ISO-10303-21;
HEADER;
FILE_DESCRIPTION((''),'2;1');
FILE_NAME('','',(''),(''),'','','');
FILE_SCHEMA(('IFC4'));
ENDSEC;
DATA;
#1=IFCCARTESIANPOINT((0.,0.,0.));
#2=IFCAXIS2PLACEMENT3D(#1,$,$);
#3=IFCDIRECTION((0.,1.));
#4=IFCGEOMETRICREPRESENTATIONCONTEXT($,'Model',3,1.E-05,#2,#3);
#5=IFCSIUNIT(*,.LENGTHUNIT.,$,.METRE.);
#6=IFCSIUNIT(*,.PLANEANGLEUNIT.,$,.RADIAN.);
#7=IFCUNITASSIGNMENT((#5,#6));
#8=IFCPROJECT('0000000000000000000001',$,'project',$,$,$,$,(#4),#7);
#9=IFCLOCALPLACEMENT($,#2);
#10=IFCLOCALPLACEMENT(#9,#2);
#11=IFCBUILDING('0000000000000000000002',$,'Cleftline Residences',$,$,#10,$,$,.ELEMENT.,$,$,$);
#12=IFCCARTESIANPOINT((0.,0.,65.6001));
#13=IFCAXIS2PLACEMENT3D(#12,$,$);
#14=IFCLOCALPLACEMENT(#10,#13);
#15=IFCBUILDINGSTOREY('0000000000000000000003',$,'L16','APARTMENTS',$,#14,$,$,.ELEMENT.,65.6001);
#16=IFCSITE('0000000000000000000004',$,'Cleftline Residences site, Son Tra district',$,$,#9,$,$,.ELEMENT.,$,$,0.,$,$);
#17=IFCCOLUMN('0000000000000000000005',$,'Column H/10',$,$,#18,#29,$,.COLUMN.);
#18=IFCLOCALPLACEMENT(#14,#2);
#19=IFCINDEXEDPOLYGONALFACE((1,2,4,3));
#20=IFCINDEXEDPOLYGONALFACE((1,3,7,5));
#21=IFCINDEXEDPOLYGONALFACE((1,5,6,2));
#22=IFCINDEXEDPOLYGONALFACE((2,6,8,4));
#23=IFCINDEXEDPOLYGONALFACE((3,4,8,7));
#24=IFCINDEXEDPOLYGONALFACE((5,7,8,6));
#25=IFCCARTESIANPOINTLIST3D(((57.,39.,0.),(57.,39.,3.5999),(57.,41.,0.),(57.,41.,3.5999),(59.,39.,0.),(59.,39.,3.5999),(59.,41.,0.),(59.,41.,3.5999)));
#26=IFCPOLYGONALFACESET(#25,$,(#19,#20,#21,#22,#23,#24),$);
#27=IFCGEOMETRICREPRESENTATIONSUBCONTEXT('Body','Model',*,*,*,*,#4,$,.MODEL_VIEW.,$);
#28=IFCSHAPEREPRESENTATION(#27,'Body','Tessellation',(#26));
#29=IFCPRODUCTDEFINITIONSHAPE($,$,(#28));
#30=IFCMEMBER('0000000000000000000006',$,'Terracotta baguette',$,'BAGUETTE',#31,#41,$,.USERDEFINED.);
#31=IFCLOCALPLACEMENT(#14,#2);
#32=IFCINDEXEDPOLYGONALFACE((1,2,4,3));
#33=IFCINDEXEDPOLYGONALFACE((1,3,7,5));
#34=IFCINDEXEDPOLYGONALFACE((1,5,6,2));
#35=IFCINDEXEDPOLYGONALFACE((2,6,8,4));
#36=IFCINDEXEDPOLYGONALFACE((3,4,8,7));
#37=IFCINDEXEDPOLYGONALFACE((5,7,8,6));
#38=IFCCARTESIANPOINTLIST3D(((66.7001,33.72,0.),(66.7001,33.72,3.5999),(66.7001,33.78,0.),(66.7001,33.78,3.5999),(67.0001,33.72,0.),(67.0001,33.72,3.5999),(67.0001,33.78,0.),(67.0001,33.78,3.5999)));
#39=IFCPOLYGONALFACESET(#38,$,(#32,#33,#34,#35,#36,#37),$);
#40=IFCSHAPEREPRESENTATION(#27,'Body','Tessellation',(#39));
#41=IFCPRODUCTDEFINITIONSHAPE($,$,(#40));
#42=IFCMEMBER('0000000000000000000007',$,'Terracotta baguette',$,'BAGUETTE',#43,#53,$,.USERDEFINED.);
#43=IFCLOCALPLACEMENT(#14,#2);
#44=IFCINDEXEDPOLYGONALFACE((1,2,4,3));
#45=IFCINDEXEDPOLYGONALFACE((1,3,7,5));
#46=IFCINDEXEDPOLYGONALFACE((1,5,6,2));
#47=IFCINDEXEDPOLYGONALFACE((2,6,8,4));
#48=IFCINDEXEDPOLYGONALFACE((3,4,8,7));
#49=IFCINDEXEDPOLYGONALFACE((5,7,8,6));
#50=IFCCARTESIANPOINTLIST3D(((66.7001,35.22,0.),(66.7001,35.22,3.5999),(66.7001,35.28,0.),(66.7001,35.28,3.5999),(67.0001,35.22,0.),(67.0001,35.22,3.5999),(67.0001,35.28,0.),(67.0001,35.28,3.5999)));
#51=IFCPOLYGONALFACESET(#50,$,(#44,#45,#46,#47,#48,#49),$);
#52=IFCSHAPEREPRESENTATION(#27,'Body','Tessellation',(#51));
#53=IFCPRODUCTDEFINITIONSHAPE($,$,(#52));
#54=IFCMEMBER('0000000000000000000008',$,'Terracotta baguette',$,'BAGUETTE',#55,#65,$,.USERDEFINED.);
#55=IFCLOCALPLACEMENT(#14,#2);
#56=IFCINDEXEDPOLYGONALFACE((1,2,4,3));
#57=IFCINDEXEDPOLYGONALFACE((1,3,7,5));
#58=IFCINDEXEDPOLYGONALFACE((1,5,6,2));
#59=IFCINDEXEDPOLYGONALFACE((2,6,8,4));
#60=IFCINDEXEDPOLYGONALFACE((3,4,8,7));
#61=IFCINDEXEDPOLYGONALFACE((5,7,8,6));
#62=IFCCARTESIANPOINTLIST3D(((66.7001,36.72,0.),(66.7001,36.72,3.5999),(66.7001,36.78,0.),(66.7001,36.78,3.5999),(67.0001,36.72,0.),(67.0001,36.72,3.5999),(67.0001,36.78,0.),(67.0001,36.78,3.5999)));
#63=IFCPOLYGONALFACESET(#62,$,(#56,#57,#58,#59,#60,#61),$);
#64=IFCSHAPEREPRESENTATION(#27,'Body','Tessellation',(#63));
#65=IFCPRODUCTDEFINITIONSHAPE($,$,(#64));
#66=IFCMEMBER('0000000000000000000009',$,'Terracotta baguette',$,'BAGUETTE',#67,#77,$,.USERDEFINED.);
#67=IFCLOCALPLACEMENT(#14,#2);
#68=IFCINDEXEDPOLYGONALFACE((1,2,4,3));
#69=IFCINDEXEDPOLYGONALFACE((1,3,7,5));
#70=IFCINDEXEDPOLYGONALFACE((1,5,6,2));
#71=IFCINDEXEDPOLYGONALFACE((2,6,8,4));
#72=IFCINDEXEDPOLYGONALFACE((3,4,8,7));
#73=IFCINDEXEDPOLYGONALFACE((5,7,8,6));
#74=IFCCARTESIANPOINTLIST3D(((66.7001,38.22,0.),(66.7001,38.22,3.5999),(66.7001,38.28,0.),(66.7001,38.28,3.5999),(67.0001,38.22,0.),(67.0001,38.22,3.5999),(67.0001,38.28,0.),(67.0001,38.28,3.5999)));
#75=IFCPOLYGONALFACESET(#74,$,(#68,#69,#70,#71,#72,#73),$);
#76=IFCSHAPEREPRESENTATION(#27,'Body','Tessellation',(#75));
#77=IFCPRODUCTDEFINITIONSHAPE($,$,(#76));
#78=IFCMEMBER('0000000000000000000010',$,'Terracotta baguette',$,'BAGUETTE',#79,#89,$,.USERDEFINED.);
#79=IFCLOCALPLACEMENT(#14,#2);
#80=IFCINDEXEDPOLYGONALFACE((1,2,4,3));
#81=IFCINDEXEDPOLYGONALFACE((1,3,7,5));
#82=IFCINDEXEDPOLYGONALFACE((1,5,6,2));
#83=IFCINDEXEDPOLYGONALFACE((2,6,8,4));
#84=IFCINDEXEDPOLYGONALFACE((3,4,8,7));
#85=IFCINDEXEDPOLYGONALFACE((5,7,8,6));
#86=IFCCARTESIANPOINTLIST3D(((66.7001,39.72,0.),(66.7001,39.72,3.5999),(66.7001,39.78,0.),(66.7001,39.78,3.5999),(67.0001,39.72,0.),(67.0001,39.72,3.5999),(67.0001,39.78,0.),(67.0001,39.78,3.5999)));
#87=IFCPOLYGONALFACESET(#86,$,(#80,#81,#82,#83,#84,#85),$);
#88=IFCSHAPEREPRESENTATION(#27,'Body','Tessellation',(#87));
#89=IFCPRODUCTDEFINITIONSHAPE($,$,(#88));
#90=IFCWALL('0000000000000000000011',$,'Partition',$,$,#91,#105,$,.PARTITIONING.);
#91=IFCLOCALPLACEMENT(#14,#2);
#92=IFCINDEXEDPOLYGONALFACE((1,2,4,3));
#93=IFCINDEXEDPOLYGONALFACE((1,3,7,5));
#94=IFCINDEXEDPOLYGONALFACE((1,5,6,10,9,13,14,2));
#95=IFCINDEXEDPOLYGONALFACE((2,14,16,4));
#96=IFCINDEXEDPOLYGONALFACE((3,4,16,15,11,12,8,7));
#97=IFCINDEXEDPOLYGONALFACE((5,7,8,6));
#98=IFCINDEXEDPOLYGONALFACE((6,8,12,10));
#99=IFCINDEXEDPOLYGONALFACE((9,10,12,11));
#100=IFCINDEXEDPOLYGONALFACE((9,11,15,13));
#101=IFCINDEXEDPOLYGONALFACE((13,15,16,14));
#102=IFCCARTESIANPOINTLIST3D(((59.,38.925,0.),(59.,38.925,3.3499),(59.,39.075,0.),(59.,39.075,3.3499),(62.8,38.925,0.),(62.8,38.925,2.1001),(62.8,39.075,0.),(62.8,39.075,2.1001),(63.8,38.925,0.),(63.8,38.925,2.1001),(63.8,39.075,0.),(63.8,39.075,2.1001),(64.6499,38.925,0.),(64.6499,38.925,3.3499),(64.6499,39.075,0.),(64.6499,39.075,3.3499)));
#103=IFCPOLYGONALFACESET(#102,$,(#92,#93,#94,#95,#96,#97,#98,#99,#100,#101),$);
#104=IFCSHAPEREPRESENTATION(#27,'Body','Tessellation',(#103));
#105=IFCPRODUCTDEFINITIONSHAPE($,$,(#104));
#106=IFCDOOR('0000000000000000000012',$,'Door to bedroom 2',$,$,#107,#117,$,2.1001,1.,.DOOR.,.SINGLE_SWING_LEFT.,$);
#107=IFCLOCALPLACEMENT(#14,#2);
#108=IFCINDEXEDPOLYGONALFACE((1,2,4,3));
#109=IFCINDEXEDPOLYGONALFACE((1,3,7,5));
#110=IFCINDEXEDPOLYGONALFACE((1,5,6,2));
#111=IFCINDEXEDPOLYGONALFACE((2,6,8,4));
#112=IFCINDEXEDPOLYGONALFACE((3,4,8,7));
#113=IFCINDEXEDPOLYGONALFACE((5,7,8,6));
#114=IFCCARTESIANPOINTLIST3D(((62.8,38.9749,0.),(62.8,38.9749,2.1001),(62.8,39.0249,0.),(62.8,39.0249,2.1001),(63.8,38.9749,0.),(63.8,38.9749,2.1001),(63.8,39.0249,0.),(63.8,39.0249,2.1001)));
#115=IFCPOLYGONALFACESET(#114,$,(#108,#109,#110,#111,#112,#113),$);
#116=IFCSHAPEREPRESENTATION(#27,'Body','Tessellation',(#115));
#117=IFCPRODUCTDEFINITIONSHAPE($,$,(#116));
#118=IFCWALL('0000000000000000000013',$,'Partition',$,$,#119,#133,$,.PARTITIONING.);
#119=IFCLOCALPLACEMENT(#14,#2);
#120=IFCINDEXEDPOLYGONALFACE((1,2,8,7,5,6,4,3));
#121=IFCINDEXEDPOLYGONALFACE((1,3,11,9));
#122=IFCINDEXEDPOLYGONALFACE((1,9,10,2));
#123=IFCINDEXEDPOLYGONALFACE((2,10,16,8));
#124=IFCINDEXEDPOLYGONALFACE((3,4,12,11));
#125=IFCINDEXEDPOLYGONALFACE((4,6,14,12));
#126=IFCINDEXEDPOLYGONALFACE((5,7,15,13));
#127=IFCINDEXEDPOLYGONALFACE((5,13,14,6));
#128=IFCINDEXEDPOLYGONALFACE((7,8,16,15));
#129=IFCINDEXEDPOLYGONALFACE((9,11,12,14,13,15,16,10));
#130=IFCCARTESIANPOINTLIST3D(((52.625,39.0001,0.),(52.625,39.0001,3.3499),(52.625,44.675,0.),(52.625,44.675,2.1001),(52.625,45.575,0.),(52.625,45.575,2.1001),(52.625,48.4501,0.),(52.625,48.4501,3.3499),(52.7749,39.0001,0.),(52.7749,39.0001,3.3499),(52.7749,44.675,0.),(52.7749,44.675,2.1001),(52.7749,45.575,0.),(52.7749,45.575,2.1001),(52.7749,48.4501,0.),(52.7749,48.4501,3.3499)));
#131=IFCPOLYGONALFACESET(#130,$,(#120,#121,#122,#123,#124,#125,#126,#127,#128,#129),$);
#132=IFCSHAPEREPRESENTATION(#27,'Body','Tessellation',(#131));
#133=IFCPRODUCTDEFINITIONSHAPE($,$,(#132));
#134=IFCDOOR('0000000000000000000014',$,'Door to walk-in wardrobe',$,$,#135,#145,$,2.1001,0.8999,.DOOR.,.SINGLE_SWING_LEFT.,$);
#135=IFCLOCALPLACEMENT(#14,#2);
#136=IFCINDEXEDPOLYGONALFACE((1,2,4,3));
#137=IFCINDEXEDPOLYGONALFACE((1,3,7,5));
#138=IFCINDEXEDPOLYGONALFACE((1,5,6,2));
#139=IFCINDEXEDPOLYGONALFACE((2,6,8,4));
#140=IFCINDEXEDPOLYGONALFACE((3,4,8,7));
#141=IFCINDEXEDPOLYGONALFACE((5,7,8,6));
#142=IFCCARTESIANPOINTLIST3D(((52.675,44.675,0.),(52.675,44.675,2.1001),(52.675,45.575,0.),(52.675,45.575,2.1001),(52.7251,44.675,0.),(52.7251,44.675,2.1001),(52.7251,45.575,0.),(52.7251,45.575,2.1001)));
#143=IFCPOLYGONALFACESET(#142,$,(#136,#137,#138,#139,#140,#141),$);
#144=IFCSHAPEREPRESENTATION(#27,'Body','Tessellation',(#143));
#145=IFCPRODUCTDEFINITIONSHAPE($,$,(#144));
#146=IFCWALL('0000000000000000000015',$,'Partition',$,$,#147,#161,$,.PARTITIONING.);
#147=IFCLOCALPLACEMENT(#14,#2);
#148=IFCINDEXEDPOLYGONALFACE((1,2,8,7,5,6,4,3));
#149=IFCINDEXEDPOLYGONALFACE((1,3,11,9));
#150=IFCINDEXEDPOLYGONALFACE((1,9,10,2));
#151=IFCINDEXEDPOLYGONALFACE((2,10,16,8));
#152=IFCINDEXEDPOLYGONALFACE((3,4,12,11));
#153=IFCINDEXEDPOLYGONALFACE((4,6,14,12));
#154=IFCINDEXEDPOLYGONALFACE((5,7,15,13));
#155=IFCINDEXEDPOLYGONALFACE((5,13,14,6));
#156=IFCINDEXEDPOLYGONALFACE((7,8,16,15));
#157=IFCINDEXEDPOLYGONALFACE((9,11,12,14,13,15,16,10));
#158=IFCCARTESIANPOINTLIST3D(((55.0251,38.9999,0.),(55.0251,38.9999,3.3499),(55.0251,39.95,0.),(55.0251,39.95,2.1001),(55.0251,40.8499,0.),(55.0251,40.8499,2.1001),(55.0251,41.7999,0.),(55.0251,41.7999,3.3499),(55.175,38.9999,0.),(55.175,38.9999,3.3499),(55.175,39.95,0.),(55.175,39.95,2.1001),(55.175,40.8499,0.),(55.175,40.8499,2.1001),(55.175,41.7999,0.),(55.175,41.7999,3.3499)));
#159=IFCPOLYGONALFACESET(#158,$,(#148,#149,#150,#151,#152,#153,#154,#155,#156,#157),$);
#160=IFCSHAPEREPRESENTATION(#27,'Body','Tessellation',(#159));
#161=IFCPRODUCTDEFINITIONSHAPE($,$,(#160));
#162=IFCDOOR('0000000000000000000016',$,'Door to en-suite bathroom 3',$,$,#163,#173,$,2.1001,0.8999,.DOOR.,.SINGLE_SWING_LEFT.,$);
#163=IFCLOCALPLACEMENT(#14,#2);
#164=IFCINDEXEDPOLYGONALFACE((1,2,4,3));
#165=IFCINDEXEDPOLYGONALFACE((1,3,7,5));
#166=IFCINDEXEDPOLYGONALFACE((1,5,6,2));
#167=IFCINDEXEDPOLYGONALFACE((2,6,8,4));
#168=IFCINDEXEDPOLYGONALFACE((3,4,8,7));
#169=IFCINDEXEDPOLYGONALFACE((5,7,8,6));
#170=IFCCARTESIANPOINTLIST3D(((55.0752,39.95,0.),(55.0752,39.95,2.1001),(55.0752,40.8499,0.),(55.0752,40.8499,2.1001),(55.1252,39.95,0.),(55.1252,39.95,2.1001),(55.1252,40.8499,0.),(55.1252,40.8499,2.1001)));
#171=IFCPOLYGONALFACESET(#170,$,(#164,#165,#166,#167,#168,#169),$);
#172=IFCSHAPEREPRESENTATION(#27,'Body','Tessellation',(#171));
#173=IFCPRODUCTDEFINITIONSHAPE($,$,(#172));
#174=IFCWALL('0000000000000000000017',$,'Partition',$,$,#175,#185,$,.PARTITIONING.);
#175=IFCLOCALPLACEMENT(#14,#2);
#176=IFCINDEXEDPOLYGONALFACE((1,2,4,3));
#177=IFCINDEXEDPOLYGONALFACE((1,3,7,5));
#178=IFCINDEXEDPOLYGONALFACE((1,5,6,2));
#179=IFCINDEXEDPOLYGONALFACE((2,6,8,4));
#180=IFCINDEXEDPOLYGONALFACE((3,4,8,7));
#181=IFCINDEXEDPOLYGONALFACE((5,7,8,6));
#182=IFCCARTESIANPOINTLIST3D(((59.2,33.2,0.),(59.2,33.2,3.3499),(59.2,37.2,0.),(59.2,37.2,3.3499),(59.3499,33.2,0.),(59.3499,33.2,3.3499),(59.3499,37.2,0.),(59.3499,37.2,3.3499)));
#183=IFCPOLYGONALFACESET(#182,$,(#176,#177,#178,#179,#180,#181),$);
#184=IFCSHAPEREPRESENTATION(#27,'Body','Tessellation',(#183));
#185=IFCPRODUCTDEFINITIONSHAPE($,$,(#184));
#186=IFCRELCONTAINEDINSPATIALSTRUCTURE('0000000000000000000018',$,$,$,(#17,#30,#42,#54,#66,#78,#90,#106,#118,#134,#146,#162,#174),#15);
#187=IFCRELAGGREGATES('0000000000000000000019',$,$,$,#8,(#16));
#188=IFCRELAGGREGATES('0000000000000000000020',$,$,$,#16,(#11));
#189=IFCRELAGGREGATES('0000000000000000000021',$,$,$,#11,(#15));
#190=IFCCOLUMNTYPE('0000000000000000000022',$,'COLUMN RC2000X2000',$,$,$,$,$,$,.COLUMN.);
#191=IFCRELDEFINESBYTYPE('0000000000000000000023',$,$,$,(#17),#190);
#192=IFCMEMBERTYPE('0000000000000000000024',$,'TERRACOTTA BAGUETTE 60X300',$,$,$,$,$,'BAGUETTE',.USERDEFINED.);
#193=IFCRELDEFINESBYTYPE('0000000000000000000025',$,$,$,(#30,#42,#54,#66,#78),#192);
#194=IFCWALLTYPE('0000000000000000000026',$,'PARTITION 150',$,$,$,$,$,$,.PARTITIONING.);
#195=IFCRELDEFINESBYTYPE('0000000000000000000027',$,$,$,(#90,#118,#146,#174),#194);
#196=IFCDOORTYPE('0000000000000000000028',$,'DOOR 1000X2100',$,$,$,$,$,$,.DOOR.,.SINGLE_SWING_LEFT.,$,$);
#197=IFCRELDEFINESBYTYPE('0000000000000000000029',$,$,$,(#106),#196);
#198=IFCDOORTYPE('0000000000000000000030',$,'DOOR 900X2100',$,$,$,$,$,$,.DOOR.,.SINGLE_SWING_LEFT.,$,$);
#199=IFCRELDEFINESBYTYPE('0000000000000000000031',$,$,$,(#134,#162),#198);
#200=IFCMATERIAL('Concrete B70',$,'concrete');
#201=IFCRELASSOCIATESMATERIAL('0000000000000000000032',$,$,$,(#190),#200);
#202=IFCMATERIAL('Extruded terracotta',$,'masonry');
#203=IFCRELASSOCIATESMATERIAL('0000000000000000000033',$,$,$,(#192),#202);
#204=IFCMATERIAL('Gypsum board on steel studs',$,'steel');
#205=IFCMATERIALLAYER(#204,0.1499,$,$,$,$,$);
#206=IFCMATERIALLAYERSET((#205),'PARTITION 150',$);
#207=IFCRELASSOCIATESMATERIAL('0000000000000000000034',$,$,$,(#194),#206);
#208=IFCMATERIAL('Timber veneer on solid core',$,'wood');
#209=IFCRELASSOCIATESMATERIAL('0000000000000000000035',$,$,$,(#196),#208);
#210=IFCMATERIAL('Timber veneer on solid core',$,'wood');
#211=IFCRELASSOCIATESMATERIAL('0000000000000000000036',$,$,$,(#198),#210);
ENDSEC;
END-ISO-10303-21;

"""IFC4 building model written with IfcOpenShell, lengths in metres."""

from ifc_helpers import new_model, si_unit, direction, frame, frame_2d, origin, origin_2d, place, context, subcontext, project, spatial, rectangle, extrude, material, layer, layer_set, material_profile, profile_set, type_object, element, fill, save


model = new_model("IFC4")

# Units and contexts
model_context = context("Model", 3, precision=1e-05, world=origin(), true_north=direction((0.0, 1.0)))
body_context = subcontext(model_context, "Body", "Model", "MODEL_VIEW")
ifc_project = project(units=[si_unit("LENGTHUNIT", "METRE"), si_unit("PLANEANGLEUNIT", "RADIAN")], contexts=[model_context])

# Site, building, storey
site_placement = place(None, origin())
site = spatial("IfcSite", under=ifc_project, at=site_placement, Name="Cleftline Residences site, Son Tra district", CompositionType="ELEMENT", RefElevation=0.0)
building_placement = place(site_placement, origin())
building = spatial("IfcBuilding", under=site, at=building_placement, Name="Cleftline Residences", CompositionType="ELEMENT")
storey_placement = place(building_placement, frame((0.0, 0.0, 65.6001)))
storey = spatial("IfcBuildingStorey", under=building, at=storey_placement, Name="L16", Description="APARTMENTS", CompositionType="ELEMENT", Elevation=65.6001)

# Column
ifc_material_1 = material(Name="Concrete B70", Category="concrete")
ifc_material_profile_1 = material_profile(ifc_material_1, rectangle(XDim=2.0, YDim=2.0, at=origin_2d()))
ifc_profile_set_1 = profile_set([ifc_material_profile_1], Name="Concrete B70")
column_type = type_object("IfcColumnType", Name="COLUMN RC2000X2000", PredefinedType="COLUMN", material=ifc_profile_set_1)
column_placement = place(storey_placement, frame((58.0, 40.0, 0.0), z_axis=(0.0, 0.0, 1.0), x_axis=(1.0, 0.0, 0.0)))
element("IfcColumn", 1, at=column_placement, inside=storey, type_object=column_type, Name="Column H/10", PredefinedType="COLUMN", context=body_context, shape_type="SweptSolid", body=[
    extrude(rectangle(XDim=2.0, YDim=2.0, at=origin_2d()), origin(), (0.0, 0.0, 1.0), 3.5999),
])

# Members
ifc_material_2 = material(Name="Extruded terracotta", Category="masonry")
ifc_material_profile_2 = material_profile(ifc_material_2, rectangle(XDim=0.0601, YDim=0.3, at=origin_2d()))
ifc_profile_set_2 = profile_set([ifc_material_profile_2], Name="Extruded terracotta")
member_type = type_object("IfcMemberType", Name="TERRACOTTA BAGUETTE 60X300", ElementType="BAGUETTE", PredefinedType="USERDEFINED", material=ifc_profile_set_2)
for number, where, z_axis, x_axis, name in (
    (2, (66.8501, 33.75, 0.0), (0.0, 0.0, 1.0), (0.0, 1.0, 0.0), "Terracotta baguette"),
    (3, (66.8501, 35.25, 0.0), (0.0, 0.0, 1.0), (0.0, 1.0, 0.0), "Terracotta baguette"),
    (4, (66.8501, 36.75, 0.0), (0.0, 0.0, 1.0), (0.0, 1.0, 0.0), "Terracotta baguette"),
    (5, (66.8501, 38.25, 0.0), (0.0, 0.0, 1.0), (0.0, 1.0, 0.0), "Terracotta baguette"),
    (6, (66.8501, 39.75, 0.0), (0.0, 0.0, 1.0), (0.0, 1.0, 0.0), "Terracotta baguette"),
):
    element("IfcMember", number, at=place(storey_placement, frame(where, z_axis=z_axis, x_axis=x_axis)), inside=storey, type_object=member_type, Name=name, ObjectType="BAGUETTE", PredefinedType="USERDEFINED", context=body_context, shape_type="SweptSolid", body=[
        extrude(rectangle(XDim=0.0601, YDim=0.3, at=origin_2d()), origin(), (0.0, 0.0, 1.0), 3.5999),
    ])

# Walls, openings, doors
ifc_material_3 = material(Name="Gypsum board on steel studs", Category="steel")
ifc_layer = layer(ifc_material_3, 0.1499)
ifc_layer_set = layer_set([ifc_layer], Name="PARTITION 150")
wall_type = type_object("IfcWallType", Name="PARTITION 150", PredefinedType="PARTITIONING", material=ifc_layer_set)
wall_1_placement = place(storey_placement, frame((59.0, 39.0, 0.0), z_axis=(0.0, 0.0, 1.0), x_axis=(1.0, 0.0, 0.0)))
wall_1 = element("IfcWall", 7, at=wall_1_placement, inside=storey, type_object=wall_type, Name="Partition", PredefinedType="PARTITIONING", context=body_context, shape_type="SweptSolid", body=[
    extrude(rectangle(XDim=5.6499, YDim=0.1499, at=frame_2d((2.825, 0.0))), origin(), (0.0, 0.0, 1.0), 3.3499),
])
opening_1_placement = place(wall_1_placement, frame((3.8, 0.0, 0.0)))
opening_1 = element("IfcOpeningElement", 8, at=opening_1_placement, cuts=wall_1, PredefinedType="OPENING", context=body_context, shape_type="SweptSolid", body=[
    extrude(rectangle(XDim=1.0, YDim=2.1001, at=frame_2d((0.5, 1.05))), frame((0.0, 0.085, 0.0), z_axis=(0.0, -1.0, 0.0), x_axis=(1.0, 0.0, 0.0)), (0.0, 0.0, 1.0), 0.1699),
])
ifc_material_4 = material(Name="Timber veneer on solid core", Category="wood")
door_type_1 = type_object("IfcDoorType", Name="DOOR 1000X2100", OperationType="SINGLE_SWING_LEFT", PredefinedType="DOOR", material=ifc_material_4)
door_1_placement = place(opening_1_placement, origin())
door_1 = element("IfcDoor", 9, at=door_1_placement, inside=storey, type_object=door_type_1, Name="Door to bedroom 2", OperationType="SINGLE_SWING_LEFT", OverallHeight=2.1001, OverallWidth=1.0, PredefinedType="DOOR", context=body_context, shape_type="SweptSolid", body=[
    extrude(rectangle(XDim=1.0, YDim=2.1001, at=frame_2d((0.5, 1.05))), frame((0.0, 0.0249, 0.0), z_axis=(0.0, -1.0, 0.0), x_axis=(1.0, 0.0, 0.0)), (0.0, 0.0, 1.0), 0.05),
])
fill(opening_1, door_1)
wall_2_placement = place(storey_placement, frame((52.7, 39.0, 0.0), z_axis=(0.0, 0.0, 1.0), x_axis=(0.0, 1.0, 0.0)))
wall_2 = element("IfcWall", 10, at=wall_2_placement, inside=storey, type_object=wall_type, Name="Partition", PredefinedType="PARTITIONING", context=body_context, shape_type="SweptSolid", body=[
    extrude(rectangle(XDim=9.45, YDim=0.1499, at=frame_2d((4.7251, 0.0))), origin(), (0.0, 0.0, 1.0), 3.3499),
])
opening_2_placement = place(wall_2_placement, frame((5.675, 0.0, 0.0)))
opening_2 = element("IfcOpeningElement", 11, at=opening_2_placement, cuts=wall_2, PredefinedType="OPENING", context=body_context, shape_type="SweptSolid", body=[
    extrude(rectangle(XDim=0.8999, YDim=2.1001, at=frame_2d((0.45, 1.05))), frame((0.0, 0.085, 0.0), z_axis=(0.0, -1.0, 0.0), x_axis=(1.0, 0.0, 0.0)), (0.0, 0.0, 1.0), 0.1699),
])
ifc_material_5 = material(Name="Timber veneer on solid core", Category="wood")
door_type_2 = type_object("IfcDoorType", Name="DOOR 900X2100", OperationType="SINGLE_SWING_LEFT", PredefinedType="DOOR", material=ifc_material_5)
door_2_placement = place(opening_2_placement, origin())
door_2 = element("IfcDoor", 12, at=door_2_placement, inside=storey, type_object=door_type_2, Name="Door to walk-in wardrobe", OperationType="SINGLE_SWING_LEFT", OverallHeight=2.1001, OverallWidth=0.8999, PredefinedType="DOOR", context=body_context, shape_type="SweptSolid", body=[
    extrude(rectangle(XDim=0.8999, YDim=2.1001, at=frame_2d((0.45, 1.05))), frame((0.0, 0.0249, 0.0), z_axis=(0.0, -1.0, 0.0), x_axis=(1.0, 0.0, 0.0)), (0.0, 0.0, 1.0), 0.05),
])
fill(opening_2, door_2)
wall_3_placement = place(storey_placement, frame((55.1001, 39.0, 0.0), z_axis=(0.0, 0.0, 1.0), x_axis=(0.0, 1.0, 0.0)))
wall_3 = element("IfcWall", 13, at=wall_3_placement, inside=storey, type_object=wall_type, Name="Partition", PredefinedType="PARTITIONING", context=body_context, shape_type="SweptSolid", body=[
    extrude(rectangle(XDim=2.8, YDim=0.1499, at=frame_2d((1.3999, 0.0))), origin(), (0.0, 0.0, 1.0), 3.3499),
])
opening_3_placement = place(wall_3_placement, frame((0.95, 0.0, 0.0)))
opening_3 = element("IfcOpeningElement", 14, at=opening_3_placement, cuts=wall_3, PredefinedType="OPENING", context=body_context, shape_type="SweptSolid", body=[
    extrude(rectangle(XDim=0.8999, YDim=2.1001, at=frame_2d((0.45, 1.05))), frame((0.0, 0.085, 0.0), z_axis=(0.0, -1.0, 0.0), x_axis=(1.0, 0.0, 0.0)), (0.0, 0.0, 1.0), 0.1699),
])
door_3_placement = place(opening_3_placement, origin())
door_3 = element("IfcDoor", 15, at=door_3_placement, inside=storey, type_object=door_type_2, Name="Door to en-suite bathroom 3", OperationType="SINGLE_SWING_LEFT", OverallHeight=2.1001, OverallWidth=0.8999, PredefinedType="DOOR", context=body_context, shape_type="SweptSolid", body=[
    extrude(rectangle(XDim=0.8999, YDim=2.1001, at=frame_2d((0.45, 1.05))), frame((0.0, 0.0249, 0.0), z_axis=(0.0, -1.0, 0.0), x_axis=(1.0, 0.0, 0.0)), (0.0, 0.0, 1.0), 0.05),
])
fill(opening_3, door_3)

# Wall
wall_4_placement = place(storey_placement, frame((59.2749, 33.2, 0.0), z_axis=(0.0, 0.0, 1.0), x_axis=(0.0, 1.0, 0.0)))
element("IfcWall", 16, at=wall_4_placement, inside=storey, type_object=wall_type, Name="Partition", PredefinedType="PARTITIONING", context=body_context, shape_type="SweptSolid", body=[
    extrude(rectangle(XDim=4.0, YDim=0.1499, at=frame_2d((2.0, 0.0))), origin(), (0.0, 0.0, 1.0), 3.3499),
])

save(model, "model.ifc")
